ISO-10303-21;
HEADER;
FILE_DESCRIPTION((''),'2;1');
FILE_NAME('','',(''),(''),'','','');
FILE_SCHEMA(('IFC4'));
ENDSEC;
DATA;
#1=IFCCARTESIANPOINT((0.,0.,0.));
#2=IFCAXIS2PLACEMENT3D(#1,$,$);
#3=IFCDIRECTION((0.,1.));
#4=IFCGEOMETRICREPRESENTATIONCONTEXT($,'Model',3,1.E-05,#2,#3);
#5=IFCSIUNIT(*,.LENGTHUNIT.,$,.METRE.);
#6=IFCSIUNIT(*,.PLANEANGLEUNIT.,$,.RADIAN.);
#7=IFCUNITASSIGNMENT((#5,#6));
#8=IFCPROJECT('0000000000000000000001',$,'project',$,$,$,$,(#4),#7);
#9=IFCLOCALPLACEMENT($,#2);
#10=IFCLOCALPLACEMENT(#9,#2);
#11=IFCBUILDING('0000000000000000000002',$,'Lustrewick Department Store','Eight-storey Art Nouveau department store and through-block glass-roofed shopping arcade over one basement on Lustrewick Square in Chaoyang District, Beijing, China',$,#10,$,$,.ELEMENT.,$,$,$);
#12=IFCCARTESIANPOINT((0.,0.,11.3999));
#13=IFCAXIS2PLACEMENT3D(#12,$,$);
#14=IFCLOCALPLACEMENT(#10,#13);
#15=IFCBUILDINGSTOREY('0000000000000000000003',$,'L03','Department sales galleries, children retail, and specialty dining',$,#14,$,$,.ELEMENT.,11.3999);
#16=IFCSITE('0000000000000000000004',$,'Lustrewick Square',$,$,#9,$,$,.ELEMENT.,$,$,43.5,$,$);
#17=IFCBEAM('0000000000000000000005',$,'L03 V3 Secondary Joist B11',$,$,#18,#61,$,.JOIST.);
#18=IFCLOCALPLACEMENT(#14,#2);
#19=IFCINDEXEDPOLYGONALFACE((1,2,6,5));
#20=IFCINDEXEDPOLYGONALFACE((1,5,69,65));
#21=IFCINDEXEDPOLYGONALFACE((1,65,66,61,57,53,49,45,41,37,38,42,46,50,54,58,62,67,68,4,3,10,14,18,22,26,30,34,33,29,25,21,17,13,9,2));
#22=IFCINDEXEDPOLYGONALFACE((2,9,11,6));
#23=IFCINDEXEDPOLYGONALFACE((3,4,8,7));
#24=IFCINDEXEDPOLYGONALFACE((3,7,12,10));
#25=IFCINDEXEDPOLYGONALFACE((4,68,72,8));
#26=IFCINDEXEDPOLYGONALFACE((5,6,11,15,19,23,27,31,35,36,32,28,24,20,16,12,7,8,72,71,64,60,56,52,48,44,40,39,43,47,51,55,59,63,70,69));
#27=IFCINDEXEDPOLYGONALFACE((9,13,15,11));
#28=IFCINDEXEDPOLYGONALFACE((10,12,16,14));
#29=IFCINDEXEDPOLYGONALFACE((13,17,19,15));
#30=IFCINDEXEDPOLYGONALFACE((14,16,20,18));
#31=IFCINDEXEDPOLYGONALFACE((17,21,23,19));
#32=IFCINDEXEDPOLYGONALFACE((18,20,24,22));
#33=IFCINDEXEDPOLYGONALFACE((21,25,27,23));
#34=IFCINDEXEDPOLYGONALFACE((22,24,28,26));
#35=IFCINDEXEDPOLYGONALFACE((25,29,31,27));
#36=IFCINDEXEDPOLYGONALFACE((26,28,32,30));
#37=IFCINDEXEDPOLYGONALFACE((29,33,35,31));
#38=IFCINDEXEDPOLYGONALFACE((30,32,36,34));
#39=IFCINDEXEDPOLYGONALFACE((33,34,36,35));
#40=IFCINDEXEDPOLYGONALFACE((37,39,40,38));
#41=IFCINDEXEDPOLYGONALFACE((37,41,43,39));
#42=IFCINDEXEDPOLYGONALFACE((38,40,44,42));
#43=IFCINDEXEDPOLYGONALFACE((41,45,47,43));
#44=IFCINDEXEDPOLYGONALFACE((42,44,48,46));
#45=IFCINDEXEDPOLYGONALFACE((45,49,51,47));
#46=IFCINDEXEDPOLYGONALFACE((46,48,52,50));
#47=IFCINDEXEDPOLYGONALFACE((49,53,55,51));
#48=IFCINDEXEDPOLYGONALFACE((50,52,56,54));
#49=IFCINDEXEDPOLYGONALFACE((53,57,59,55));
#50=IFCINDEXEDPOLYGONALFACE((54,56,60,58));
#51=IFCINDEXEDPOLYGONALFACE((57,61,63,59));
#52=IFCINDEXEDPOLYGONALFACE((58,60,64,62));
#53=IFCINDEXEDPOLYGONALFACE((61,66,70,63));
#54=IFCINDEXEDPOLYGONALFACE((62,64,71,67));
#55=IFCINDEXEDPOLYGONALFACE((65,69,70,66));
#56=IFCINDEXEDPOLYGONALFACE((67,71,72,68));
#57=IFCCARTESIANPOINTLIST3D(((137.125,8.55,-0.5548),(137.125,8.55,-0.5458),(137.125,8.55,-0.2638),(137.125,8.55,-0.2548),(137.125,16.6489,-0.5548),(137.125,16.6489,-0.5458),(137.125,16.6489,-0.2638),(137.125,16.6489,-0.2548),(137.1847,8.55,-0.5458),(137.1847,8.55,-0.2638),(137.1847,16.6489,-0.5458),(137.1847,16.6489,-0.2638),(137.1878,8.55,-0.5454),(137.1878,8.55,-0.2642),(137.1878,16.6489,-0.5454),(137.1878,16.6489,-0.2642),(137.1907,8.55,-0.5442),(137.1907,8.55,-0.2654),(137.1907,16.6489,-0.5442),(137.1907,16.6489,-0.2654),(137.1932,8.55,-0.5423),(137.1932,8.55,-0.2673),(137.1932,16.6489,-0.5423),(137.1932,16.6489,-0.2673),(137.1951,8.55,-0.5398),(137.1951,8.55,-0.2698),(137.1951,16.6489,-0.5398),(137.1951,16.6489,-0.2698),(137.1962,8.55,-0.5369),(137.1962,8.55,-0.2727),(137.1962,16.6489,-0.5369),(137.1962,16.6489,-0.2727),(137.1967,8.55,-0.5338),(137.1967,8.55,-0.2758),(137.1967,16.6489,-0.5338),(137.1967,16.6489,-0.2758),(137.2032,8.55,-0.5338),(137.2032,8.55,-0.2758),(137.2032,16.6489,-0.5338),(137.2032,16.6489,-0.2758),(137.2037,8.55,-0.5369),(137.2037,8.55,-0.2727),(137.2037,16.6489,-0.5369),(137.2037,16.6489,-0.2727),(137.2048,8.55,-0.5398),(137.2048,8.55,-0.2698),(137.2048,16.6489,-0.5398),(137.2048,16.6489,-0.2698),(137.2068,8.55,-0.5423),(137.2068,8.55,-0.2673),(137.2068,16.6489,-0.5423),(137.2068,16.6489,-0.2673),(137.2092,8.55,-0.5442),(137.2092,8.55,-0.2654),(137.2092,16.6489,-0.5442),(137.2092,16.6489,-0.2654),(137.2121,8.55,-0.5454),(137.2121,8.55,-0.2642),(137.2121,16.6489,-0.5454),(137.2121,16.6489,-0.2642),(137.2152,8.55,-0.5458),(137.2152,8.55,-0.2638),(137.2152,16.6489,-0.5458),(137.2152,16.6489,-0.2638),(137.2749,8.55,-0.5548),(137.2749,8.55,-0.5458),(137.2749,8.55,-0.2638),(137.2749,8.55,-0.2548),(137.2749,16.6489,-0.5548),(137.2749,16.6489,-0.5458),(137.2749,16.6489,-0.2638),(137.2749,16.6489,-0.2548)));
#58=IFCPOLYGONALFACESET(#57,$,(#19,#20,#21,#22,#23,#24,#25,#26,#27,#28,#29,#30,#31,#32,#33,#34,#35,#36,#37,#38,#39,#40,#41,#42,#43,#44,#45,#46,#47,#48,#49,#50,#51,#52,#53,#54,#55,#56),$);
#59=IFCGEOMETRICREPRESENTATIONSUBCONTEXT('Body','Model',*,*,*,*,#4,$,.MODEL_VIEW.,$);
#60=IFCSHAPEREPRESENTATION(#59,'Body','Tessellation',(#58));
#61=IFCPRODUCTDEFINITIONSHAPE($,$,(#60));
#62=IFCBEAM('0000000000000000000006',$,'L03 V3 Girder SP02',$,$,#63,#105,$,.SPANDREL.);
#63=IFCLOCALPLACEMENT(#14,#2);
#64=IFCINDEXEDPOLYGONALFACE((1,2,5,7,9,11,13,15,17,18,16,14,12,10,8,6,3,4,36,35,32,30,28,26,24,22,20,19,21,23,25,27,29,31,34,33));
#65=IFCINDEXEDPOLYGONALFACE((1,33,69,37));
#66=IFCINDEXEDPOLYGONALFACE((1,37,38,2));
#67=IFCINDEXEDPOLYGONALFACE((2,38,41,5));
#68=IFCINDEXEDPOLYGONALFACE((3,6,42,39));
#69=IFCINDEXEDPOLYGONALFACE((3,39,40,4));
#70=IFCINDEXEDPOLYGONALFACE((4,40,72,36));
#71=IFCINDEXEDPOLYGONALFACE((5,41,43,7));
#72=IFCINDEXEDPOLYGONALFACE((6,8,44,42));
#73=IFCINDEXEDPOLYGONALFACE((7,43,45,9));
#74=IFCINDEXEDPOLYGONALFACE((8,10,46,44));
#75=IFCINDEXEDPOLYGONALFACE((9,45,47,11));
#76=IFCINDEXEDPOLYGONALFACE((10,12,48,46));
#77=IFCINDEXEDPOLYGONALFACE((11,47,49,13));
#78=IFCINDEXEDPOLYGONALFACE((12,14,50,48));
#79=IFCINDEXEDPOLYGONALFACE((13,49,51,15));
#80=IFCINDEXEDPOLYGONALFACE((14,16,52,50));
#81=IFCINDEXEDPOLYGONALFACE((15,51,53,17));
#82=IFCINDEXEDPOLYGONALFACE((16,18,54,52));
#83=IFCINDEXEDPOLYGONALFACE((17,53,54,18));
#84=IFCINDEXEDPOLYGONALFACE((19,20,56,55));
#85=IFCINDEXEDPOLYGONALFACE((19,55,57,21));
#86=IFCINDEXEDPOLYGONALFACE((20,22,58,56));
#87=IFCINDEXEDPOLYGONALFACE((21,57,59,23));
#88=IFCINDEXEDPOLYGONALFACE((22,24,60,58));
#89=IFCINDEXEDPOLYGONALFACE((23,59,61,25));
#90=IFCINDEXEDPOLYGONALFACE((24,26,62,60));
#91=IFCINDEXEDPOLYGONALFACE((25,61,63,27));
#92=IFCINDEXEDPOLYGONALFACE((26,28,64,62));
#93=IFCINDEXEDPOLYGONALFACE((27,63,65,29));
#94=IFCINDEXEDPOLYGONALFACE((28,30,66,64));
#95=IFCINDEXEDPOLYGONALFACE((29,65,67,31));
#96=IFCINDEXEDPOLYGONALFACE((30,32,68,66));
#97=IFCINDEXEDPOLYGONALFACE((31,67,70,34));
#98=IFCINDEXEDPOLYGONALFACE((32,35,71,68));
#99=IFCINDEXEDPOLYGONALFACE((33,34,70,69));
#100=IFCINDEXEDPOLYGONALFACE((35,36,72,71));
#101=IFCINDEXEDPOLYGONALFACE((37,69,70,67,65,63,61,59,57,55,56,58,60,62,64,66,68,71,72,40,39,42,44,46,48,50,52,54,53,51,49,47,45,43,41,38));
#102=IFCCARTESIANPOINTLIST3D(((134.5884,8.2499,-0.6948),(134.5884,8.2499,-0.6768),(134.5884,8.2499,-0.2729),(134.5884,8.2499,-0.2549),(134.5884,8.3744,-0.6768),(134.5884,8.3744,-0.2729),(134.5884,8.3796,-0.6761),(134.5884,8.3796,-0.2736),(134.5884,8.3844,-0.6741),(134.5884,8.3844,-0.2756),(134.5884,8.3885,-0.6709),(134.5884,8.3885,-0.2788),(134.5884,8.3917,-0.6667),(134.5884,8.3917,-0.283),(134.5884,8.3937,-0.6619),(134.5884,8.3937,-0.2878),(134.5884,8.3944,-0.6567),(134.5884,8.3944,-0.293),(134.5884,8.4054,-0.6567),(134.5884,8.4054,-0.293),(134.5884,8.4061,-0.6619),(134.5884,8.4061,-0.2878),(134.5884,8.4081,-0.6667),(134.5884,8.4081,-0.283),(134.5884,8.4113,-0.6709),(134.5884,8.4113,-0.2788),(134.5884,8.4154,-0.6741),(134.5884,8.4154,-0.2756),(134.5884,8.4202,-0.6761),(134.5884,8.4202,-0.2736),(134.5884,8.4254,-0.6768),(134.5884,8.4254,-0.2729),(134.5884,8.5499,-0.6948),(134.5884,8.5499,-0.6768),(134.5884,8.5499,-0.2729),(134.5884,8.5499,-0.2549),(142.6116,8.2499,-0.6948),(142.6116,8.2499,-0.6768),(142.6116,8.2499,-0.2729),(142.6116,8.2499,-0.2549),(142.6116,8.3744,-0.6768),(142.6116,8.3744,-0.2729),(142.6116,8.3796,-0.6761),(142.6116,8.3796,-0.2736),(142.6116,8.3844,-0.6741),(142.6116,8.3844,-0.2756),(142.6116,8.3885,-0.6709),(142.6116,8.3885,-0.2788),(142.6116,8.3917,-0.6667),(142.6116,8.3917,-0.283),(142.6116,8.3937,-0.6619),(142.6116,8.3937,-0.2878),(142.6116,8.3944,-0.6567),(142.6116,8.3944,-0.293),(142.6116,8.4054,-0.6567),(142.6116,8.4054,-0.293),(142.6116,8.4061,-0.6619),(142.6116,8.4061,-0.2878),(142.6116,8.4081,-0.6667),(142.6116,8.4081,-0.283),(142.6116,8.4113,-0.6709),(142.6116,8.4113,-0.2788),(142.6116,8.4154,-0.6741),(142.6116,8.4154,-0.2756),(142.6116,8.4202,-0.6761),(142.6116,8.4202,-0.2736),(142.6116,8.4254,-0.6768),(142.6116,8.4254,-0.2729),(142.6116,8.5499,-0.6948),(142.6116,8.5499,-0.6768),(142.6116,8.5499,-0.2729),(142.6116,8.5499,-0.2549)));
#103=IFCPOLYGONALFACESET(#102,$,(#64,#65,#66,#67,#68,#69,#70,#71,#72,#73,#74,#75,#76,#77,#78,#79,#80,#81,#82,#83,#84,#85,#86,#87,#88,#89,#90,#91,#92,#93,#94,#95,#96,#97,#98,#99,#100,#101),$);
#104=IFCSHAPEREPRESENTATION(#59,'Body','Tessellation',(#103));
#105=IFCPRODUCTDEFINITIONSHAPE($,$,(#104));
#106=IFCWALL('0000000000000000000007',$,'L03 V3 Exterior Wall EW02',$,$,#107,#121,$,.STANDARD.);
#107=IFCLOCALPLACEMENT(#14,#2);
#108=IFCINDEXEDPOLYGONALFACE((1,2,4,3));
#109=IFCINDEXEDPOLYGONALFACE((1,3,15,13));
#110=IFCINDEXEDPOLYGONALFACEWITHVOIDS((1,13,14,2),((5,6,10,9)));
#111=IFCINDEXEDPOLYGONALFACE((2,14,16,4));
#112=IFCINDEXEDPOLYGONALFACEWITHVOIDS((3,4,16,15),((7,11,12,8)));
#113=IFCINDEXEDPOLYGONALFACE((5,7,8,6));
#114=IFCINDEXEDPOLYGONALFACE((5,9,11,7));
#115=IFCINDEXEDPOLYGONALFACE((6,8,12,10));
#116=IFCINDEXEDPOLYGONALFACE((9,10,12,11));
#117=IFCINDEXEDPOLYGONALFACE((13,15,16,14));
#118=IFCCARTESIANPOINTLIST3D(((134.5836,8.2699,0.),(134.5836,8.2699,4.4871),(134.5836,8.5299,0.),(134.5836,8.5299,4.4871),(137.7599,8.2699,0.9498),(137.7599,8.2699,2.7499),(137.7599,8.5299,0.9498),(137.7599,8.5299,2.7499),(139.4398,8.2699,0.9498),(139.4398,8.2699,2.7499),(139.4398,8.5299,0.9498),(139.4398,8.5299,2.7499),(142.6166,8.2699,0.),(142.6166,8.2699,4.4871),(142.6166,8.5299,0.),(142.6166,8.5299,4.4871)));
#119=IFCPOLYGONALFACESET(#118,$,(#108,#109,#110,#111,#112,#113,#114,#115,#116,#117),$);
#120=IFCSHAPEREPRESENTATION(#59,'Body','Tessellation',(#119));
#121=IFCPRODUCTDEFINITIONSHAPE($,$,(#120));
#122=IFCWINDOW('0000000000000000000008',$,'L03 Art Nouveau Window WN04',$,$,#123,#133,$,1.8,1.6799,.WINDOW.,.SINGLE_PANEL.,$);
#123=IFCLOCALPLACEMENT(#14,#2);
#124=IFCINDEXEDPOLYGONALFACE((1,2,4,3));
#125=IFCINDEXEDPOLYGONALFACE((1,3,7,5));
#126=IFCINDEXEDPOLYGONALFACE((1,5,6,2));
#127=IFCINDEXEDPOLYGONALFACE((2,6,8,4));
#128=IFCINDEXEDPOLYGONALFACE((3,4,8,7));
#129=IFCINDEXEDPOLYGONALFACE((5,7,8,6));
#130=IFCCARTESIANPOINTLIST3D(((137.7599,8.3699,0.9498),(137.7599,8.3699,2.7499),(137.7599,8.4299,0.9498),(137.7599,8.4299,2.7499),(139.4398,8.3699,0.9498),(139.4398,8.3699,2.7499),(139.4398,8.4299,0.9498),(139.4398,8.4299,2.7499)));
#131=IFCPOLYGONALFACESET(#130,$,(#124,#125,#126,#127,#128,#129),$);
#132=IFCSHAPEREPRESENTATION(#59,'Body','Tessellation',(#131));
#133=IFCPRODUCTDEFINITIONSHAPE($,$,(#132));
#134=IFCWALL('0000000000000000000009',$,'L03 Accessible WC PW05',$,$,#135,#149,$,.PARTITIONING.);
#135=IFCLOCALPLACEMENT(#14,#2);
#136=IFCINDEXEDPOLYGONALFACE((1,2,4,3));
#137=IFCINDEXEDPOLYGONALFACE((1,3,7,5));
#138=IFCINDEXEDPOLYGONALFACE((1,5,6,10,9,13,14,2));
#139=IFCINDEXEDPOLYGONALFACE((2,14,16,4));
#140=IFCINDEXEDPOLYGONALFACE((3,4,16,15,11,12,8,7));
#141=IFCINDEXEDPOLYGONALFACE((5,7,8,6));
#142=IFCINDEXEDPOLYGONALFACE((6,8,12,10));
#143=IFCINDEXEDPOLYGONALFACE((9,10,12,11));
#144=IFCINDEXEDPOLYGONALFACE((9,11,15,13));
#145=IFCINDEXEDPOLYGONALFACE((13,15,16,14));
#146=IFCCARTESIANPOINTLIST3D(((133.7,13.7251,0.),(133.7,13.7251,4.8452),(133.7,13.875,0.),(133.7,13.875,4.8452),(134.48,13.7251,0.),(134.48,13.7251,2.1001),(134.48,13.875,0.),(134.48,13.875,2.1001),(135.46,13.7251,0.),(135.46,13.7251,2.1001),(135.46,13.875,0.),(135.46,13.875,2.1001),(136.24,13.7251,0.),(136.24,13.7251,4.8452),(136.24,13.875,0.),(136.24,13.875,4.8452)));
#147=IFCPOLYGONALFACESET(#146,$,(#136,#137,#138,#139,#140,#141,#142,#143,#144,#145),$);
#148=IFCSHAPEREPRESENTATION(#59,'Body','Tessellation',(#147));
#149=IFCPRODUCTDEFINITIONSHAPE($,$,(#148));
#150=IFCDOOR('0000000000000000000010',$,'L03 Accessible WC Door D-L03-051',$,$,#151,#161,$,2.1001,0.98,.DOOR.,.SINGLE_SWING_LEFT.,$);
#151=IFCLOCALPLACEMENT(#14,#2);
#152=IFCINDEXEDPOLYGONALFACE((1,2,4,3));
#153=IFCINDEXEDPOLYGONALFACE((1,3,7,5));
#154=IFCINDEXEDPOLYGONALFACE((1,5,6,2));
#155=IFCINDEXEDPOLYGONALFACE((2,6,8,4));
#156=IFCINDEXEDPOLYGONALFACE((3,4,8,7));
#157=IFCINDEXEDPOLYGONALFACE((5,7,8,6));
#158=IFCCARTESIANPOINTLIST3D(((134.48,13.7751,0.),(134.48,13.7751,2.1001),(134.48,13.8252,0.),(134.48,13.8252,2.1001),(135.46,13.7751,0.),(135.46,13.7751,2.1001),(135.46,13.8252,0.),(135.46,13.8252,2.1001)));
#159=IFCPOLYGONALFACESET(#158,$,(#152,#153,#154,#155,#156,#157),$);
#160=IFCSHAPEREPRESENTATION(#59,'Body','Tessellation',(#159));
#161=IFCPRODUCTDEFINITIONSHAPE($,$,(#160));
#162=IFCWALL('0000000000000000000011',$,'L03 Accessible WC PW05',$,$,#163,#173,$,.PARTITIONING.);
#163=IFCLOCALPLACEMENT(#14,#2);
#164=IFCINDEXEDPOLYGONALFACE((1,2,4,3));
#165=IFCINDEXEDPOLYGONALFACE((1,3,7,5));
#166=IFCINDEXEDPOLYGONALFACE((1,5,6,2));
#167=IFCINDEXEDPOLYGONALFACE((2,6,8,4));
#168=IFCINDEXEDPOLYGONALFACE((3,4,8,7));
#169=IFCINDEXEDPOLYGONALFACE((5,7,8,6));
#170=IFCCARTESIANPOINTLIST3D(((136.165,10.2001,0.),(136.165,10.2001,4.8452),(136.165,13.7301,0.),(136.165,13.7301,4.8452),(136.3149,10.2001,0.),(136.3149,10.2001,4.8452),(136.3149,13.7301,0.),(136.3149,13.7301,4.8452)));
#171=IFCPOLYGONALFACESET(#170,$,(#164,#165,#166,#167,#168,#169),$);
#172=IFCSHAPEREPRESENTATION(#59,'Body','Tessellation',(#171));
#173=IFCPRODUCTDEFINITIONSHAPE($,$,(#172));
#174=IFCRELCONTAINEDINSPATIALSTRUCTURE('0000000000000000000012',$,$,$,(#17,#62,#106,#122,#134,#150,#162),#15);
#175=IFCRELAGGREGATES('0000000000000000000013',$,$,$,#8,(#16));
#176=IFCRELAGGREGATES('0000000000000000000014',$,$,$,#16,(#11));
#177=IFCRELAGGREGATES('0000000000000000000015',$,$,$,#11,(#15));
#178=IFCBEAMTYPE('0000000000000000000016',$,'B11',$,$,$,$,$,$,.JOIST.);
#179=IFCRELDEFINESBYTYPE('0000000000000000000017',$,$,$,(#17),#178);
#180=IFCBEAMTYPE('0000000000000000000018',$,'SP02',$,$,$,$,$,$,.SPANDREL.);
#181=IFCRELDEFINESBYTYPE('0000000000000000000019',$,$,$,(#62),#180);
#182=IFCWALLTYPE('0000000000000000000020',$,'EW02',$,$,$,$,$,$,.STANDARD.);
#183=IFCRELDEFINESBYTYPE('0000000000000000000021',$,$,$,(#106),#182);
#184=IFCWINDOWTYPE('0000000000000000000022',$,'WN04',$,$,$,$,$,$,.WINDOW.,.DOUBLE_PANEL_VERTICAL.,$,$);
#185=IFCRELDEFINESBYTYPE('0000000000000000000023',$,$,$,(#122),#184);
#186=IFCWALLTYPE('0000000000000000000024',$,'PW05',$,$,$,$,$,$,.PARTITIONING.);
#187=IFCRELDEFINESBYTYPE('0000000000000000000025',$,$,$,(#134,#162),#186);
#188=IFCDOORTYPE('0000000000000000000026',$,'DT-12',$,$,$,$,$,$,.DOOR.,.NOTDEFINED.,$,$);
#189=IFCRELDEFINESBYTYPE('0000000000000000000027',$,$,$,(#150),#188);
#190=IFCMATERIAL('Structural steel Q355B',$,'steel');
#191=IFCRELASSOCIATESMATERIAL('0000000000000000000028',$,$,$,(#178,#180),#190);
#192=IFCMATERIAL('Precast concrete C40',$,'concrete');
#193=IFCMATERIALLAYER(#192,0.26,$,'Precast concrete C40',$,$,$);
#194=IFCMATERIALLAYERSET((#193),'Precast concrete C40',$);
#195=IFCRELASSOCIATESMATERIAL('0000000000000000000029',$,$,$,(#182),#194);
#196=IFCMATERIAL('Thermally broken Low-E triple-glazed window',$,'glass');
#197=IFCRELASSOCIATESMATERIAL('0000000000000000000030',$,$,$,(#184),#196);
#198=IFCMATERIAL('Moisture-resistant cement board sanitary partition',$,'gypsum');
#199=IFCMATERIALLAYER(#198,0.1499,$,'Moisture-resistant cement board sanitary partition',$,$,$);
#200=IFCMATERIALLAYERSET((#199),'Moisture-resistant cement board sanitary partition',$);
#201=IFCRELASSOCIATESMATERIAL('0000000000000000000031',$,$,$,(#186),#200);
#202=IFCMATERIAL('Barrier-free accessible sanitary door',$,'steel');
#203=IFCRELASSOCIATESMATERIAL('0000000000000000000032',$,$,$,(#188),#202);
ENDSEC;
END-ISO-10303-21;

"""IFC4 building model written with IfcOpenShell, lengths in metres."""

from ifc_helpers import new_model, si_unit, direction, frame, frame_2d, origin, origin_2d, place, context, subcontext, project, spatial, rectangle, i_section, extrude, material, layer, layer_set, material_profile, profile_set, type_object, element, fill, save


model = new_model("IFC4")

# Units and contexts
model_context = context("Model", 3, precision=1e-05, world=origin(), true_north=direction((0.0, 1.0)))
body_context = subcontext(model_context, "Body", "Model", "MODEL_VIEW")
ifc_project = project(units=[si_unit("LENGTHUNIT", "METRE"), si_unit("PLANEANGLEUNIT", "RADIAN")], contexts=[model_context])

# Site, building, storey
site_placement = place(None, origin())
site = spatial("IfcSite", under=ifc_project, at=site_placement, Name="Lustrewick Square", CompositionType="ELEMENT", RefElevation=43.5)
building_placement = place(site_placement, origin())
building = spatial("IfcBuilding", under=site, at=building_placement, Name="Lustrewick Department Store", Description="Eight-storey Art Nouveau department store and through-block glass-roofed shopping arcade over one basement on Lustrewick Square in Chaoyang District, Beijing, China", CompositionType="ELEMENT")
storey_placement = place(building_placement, frame((0.0, 0.0, 11.3999)))
storey = spatial("IfcBuildingStorey", under=building, at=storey_placement, Name="L03", Description="Department sales galleries, children retail, and specialty dining", CompositionType="ELEMENT", Elevation=11.3999)

# Beams
ifc_material_1 = material(Name="Structural steel Q355B", Category="steel")
ifc_material_profile_1 = material_profile(ifc_material_1, i_section(OverallWidth=0.1499, OverallDepth=0.3, WebThickness=0.0066, FlangeThickness=0.009, FilletRadius=0.012, at=origin_2d()), Name="HN 300x150x6.5x9")
ifc_profile_set_1 = profile_set([ifc_material_profile_1], Name="Structural steel Q355B")
beam_type_1 = type_object("IfcBeamType", Name="B11", PredefinedType="JOIST", material=ifc_profile_set_1)
beam_1_placement = place(storey_placement, frame((137.2, 8.55, -0.4048), z_axis=(0.0, 1.0, 0.0), x_axis=(-1.0, 0.0, 0.0)))
element("IfcBeam", 1, at=beam_1_placement, inside=storey, type_object=beam_type_1, Name="L03 V3 Secondary Joist B11", PredefinedType="JOIST", context=body_context, shape_type="SweptSolid", body=[
    extrude(i_section(OverallWidth=0.1499, OverallDepth=0.3, WebThickness=0.0066, FlangeThickness=0.009, FilletRadius=0.012, at=origin_2d()), origin(), (0.0, 0.0, 1.0), 8.0989),
])
ifc_material_profile_2 = material_profile(ifc_material_1, i_section(OverallWidth=0.3, OverallDepth=0.4399, WebThickness=0.011, FlangeThickness=0.0181, FilletRadius=0.02, at=origin_2d()), Name="HM 440x300x11x18")
ifc_profile_set_2 = profile_set([ifc_material_profile_2], Name="Structural steel Q355B")
beam_type_2 = type_object("IfcBeamType", Name="SP02", PredefinedType="SPANDREL", material=ifc_profile_set_2)
beam_2_placement = place(storey_placement, frame((134.5884, 8.3999, -0.4749), z_axis=(1.0, 0.0, 0.0), x_axis=(0.0, 1.0, 0.0)))
element("IfcBeam", 2, at=beam_2_placement, inside=storey, type_object=beam_type_2, Name="L03 V3 Girder SP02", PredefinedType="SPANDREL", context=body_context, shape_type="SweptSolid", body=[
    extrude(i_section(OverallWidth=0.3, OverallDepth=0.4399, WebThickness=0.011, FlangeThickness=0.0181, FilletRadius=0.02, at=origin_2d()), origin(), (0.0, 0.0, 1.0), 8.0232),
])

# Wall, opening, window
ifc_material_2 = material(Name="Precast concrete C40", Category="concrete")
ifc_layer_1 = layer(ifc_material_2, 0.26, Name="Precast concrete C40")
ifc_layer_set_1 = layer_set([ifc_layer_1], Name="Precast concrete C40")
wall_type_1 = type_object("IfcWallType", Name="EW02", PredefinedType="STANDARD", material=ifc_layer_set_1)
wall_1_placement = place(storey_placement, frame((134.5835, 8.3999, 0.0), z_axis=(0.0, 0.0, 1.0), x_axis=(1.0, 0.0, 0.0)))
wall_1 = element("IfcWall", 3, at=wall_1_placement, inside=storey, type_object=wall_type_1, Name="L03 V3 Exterior Wall EW02", PredefinedType="STANDARD", context=body_context, shape_type="SweptSolid", body=[
    extrude(rectangle(XDim=8.033, YDim=0.26, at=frame_2d((4.0166, 0.0))), origin(), (0.0, 0.0, 1.0), 4.4871),
])
opening_1_placement = place(wall_1_placement, frame((3.1765, 0.0, 0.95)))
opening_1 = element("IfcOpeningElement", 4, at=opening_1_placement, cuts=wall_1, PredefinedType="OPENING", context=body_context, shape_type="SweptSolid", body=[
    extrude(rectangle(XDim=1.6799, YDim=1.8, at=frame_2d((0.8398, 0.8999))), frame((0.0, 0.1401, 0.0), z_axis=(0.0, -1.0, 0.0), x_axis=(1.0, 0.0, 0.0)), (0.0, 0.0, 1.0), 0.28),
])
ifc_material_3 = material(Name="Thermally broken Low-E triple-glazed window", Category="glass")
window_type = type_object("IfcWindowType", Name="WN04", PartitioningType="DOUBLE_PANEL_VERTICAL", PredefinedType="WINDOW", material=ifc_material_3)
window_placement = place(opening_1_placement, origin())
window = element("IfcWindow", 5, at=window_placement, inside=storey, type_object=window_type, Name="L03 Art Nouveau Window WN04", OverallHeight=1.8, OverallWidth=1.6799, PartitioningType="SINGLE_PANEL", PredefinedType="WINDOW", context=body_context, shape_type="SweptSolid", body=[
    extrude(rectangle(XDim=1.6799, YDim=1.8, at=frame_2d((0.8398, 0.8999))), frame((0.0, 0.03, 0.0), z_axis=(0.0, -1.0, 0.0), x_axis=(1.0, 0.0, 0.0)), (0.0, 0.0, 1.0), 0.0601),
])
fill(opening_1, window)

# Wall, opening, door
ifc_material_4 = material(Name="Moisture-resistant cement board sanitary partition", Category="gypsum")
ifc_layer_2 = layer(ifc_material_4, 0.1499, Name="Moisture-resistant cement board sanitary partition")
ifc_layer_set_2 = layer_set([ifc_layer_2], Name="Moisture-resistant cement board sanitary partition")
wall_type_2 = type_object("IfcWallType", Name="PW05", PredefinedType="PARTITIONING", material=ifc_layer_set_2)
wall_2_placement = place(storey_placement, frame((136.24, 13.8, 0.0), z_axis=(0.0, 0.0, 1.0), x_axis=(-1.0, 0.0, 0.0)))
wall_2 = element("IfcWall", 6, at=wall_2_placement, inside=storey, type_object=wall_type_2, Name="L03 Accessible WC PW05", PredefinedType="PARTITIONING", context=body_context, shape_type="SweptSolid", body=[
    extrude(rectangle(XDim=2.54, YDim=0.1499, at=frame_2d((1.27, 0.0))), origin(), (0.0, 0.0, 1.0), 4.8452),
])
opening_2_placement = place(wall_2_placement, frame((0.78, 0.0, 0.0)))
opening_2 = element("IfcOpeningElement", 7, at=opening_2_placement, cuts=wall_2, PredefinedType="OPENING", context=body_context, shape_type="SweptSolid", body=[
    extrude(rectangle(XDim=0.98, YDim=2.1001, at=frame_2d((0.49, 1.05))), frame((0.0, 0.085, 0.0), z_axis=(0.0, -1.0, 0.0), x_axis=(1.0, 0.0, 0.0)), (0.0, 0.0, 1.0), 0.1699),
])
ifc_material_5 = material(Name="Barrier-free accessible sanitary door", Category="steel")
door_type_1 = type_object("IfcDoorType", Name="DT-12", OperationType="NOTDEFINED", PredefinedType="DOOR", material=ifc_material_5)
door_1_placement = place(opening_2_placement, origin())
door_1 = element("IfcDoor", 8, at=door_1_placement, inside=storey, type_object=door_type_1, Name="L03 Accessible WC Door D-L03-051", OperationType="SINGLE_SWING_LEFT", OverallHeight=2.1001, OverallWidth=0.98, PredefinedType="DOOR", context=body_context, shape_type="SweptSolid", body=[
    extrude(rectangle(XDim=0.98, YDim=2.1001, at=frame_2d((0.49, 1.05))), frame((0.0, 0.0249, 0.0), z_axis=(0.0, -1.0, 0.0), x_axis=(1.0, 0.0, 0.0)), (0.0, 0.0, 1.0), 0.05),
])
fill(opening_2, door_1)

# Wall
wall_3_placement = place(storey_placement, frame((136.24, 10.2, 0.0), z_axis=(0.0, 0.0, 1.0), x_axis=(0.0, 1.0, 0.0)))
element("IfcWall", 9, at=wall_3_placement, inside=storey, type_object=wall_type_2, Name="L03 Accessible WC PW05", PredefinedType="PARTITIONING", context=body_context, shape_type="SweptSolid", body=[
    extrude(rectangle(XDim=3.53, YDim=0.1499, at=frame_2d((1.7651, 0.0))), origin(), (0.0, 0.0, 1.0), 4.8452),
])

save(model, "model.ifc")
